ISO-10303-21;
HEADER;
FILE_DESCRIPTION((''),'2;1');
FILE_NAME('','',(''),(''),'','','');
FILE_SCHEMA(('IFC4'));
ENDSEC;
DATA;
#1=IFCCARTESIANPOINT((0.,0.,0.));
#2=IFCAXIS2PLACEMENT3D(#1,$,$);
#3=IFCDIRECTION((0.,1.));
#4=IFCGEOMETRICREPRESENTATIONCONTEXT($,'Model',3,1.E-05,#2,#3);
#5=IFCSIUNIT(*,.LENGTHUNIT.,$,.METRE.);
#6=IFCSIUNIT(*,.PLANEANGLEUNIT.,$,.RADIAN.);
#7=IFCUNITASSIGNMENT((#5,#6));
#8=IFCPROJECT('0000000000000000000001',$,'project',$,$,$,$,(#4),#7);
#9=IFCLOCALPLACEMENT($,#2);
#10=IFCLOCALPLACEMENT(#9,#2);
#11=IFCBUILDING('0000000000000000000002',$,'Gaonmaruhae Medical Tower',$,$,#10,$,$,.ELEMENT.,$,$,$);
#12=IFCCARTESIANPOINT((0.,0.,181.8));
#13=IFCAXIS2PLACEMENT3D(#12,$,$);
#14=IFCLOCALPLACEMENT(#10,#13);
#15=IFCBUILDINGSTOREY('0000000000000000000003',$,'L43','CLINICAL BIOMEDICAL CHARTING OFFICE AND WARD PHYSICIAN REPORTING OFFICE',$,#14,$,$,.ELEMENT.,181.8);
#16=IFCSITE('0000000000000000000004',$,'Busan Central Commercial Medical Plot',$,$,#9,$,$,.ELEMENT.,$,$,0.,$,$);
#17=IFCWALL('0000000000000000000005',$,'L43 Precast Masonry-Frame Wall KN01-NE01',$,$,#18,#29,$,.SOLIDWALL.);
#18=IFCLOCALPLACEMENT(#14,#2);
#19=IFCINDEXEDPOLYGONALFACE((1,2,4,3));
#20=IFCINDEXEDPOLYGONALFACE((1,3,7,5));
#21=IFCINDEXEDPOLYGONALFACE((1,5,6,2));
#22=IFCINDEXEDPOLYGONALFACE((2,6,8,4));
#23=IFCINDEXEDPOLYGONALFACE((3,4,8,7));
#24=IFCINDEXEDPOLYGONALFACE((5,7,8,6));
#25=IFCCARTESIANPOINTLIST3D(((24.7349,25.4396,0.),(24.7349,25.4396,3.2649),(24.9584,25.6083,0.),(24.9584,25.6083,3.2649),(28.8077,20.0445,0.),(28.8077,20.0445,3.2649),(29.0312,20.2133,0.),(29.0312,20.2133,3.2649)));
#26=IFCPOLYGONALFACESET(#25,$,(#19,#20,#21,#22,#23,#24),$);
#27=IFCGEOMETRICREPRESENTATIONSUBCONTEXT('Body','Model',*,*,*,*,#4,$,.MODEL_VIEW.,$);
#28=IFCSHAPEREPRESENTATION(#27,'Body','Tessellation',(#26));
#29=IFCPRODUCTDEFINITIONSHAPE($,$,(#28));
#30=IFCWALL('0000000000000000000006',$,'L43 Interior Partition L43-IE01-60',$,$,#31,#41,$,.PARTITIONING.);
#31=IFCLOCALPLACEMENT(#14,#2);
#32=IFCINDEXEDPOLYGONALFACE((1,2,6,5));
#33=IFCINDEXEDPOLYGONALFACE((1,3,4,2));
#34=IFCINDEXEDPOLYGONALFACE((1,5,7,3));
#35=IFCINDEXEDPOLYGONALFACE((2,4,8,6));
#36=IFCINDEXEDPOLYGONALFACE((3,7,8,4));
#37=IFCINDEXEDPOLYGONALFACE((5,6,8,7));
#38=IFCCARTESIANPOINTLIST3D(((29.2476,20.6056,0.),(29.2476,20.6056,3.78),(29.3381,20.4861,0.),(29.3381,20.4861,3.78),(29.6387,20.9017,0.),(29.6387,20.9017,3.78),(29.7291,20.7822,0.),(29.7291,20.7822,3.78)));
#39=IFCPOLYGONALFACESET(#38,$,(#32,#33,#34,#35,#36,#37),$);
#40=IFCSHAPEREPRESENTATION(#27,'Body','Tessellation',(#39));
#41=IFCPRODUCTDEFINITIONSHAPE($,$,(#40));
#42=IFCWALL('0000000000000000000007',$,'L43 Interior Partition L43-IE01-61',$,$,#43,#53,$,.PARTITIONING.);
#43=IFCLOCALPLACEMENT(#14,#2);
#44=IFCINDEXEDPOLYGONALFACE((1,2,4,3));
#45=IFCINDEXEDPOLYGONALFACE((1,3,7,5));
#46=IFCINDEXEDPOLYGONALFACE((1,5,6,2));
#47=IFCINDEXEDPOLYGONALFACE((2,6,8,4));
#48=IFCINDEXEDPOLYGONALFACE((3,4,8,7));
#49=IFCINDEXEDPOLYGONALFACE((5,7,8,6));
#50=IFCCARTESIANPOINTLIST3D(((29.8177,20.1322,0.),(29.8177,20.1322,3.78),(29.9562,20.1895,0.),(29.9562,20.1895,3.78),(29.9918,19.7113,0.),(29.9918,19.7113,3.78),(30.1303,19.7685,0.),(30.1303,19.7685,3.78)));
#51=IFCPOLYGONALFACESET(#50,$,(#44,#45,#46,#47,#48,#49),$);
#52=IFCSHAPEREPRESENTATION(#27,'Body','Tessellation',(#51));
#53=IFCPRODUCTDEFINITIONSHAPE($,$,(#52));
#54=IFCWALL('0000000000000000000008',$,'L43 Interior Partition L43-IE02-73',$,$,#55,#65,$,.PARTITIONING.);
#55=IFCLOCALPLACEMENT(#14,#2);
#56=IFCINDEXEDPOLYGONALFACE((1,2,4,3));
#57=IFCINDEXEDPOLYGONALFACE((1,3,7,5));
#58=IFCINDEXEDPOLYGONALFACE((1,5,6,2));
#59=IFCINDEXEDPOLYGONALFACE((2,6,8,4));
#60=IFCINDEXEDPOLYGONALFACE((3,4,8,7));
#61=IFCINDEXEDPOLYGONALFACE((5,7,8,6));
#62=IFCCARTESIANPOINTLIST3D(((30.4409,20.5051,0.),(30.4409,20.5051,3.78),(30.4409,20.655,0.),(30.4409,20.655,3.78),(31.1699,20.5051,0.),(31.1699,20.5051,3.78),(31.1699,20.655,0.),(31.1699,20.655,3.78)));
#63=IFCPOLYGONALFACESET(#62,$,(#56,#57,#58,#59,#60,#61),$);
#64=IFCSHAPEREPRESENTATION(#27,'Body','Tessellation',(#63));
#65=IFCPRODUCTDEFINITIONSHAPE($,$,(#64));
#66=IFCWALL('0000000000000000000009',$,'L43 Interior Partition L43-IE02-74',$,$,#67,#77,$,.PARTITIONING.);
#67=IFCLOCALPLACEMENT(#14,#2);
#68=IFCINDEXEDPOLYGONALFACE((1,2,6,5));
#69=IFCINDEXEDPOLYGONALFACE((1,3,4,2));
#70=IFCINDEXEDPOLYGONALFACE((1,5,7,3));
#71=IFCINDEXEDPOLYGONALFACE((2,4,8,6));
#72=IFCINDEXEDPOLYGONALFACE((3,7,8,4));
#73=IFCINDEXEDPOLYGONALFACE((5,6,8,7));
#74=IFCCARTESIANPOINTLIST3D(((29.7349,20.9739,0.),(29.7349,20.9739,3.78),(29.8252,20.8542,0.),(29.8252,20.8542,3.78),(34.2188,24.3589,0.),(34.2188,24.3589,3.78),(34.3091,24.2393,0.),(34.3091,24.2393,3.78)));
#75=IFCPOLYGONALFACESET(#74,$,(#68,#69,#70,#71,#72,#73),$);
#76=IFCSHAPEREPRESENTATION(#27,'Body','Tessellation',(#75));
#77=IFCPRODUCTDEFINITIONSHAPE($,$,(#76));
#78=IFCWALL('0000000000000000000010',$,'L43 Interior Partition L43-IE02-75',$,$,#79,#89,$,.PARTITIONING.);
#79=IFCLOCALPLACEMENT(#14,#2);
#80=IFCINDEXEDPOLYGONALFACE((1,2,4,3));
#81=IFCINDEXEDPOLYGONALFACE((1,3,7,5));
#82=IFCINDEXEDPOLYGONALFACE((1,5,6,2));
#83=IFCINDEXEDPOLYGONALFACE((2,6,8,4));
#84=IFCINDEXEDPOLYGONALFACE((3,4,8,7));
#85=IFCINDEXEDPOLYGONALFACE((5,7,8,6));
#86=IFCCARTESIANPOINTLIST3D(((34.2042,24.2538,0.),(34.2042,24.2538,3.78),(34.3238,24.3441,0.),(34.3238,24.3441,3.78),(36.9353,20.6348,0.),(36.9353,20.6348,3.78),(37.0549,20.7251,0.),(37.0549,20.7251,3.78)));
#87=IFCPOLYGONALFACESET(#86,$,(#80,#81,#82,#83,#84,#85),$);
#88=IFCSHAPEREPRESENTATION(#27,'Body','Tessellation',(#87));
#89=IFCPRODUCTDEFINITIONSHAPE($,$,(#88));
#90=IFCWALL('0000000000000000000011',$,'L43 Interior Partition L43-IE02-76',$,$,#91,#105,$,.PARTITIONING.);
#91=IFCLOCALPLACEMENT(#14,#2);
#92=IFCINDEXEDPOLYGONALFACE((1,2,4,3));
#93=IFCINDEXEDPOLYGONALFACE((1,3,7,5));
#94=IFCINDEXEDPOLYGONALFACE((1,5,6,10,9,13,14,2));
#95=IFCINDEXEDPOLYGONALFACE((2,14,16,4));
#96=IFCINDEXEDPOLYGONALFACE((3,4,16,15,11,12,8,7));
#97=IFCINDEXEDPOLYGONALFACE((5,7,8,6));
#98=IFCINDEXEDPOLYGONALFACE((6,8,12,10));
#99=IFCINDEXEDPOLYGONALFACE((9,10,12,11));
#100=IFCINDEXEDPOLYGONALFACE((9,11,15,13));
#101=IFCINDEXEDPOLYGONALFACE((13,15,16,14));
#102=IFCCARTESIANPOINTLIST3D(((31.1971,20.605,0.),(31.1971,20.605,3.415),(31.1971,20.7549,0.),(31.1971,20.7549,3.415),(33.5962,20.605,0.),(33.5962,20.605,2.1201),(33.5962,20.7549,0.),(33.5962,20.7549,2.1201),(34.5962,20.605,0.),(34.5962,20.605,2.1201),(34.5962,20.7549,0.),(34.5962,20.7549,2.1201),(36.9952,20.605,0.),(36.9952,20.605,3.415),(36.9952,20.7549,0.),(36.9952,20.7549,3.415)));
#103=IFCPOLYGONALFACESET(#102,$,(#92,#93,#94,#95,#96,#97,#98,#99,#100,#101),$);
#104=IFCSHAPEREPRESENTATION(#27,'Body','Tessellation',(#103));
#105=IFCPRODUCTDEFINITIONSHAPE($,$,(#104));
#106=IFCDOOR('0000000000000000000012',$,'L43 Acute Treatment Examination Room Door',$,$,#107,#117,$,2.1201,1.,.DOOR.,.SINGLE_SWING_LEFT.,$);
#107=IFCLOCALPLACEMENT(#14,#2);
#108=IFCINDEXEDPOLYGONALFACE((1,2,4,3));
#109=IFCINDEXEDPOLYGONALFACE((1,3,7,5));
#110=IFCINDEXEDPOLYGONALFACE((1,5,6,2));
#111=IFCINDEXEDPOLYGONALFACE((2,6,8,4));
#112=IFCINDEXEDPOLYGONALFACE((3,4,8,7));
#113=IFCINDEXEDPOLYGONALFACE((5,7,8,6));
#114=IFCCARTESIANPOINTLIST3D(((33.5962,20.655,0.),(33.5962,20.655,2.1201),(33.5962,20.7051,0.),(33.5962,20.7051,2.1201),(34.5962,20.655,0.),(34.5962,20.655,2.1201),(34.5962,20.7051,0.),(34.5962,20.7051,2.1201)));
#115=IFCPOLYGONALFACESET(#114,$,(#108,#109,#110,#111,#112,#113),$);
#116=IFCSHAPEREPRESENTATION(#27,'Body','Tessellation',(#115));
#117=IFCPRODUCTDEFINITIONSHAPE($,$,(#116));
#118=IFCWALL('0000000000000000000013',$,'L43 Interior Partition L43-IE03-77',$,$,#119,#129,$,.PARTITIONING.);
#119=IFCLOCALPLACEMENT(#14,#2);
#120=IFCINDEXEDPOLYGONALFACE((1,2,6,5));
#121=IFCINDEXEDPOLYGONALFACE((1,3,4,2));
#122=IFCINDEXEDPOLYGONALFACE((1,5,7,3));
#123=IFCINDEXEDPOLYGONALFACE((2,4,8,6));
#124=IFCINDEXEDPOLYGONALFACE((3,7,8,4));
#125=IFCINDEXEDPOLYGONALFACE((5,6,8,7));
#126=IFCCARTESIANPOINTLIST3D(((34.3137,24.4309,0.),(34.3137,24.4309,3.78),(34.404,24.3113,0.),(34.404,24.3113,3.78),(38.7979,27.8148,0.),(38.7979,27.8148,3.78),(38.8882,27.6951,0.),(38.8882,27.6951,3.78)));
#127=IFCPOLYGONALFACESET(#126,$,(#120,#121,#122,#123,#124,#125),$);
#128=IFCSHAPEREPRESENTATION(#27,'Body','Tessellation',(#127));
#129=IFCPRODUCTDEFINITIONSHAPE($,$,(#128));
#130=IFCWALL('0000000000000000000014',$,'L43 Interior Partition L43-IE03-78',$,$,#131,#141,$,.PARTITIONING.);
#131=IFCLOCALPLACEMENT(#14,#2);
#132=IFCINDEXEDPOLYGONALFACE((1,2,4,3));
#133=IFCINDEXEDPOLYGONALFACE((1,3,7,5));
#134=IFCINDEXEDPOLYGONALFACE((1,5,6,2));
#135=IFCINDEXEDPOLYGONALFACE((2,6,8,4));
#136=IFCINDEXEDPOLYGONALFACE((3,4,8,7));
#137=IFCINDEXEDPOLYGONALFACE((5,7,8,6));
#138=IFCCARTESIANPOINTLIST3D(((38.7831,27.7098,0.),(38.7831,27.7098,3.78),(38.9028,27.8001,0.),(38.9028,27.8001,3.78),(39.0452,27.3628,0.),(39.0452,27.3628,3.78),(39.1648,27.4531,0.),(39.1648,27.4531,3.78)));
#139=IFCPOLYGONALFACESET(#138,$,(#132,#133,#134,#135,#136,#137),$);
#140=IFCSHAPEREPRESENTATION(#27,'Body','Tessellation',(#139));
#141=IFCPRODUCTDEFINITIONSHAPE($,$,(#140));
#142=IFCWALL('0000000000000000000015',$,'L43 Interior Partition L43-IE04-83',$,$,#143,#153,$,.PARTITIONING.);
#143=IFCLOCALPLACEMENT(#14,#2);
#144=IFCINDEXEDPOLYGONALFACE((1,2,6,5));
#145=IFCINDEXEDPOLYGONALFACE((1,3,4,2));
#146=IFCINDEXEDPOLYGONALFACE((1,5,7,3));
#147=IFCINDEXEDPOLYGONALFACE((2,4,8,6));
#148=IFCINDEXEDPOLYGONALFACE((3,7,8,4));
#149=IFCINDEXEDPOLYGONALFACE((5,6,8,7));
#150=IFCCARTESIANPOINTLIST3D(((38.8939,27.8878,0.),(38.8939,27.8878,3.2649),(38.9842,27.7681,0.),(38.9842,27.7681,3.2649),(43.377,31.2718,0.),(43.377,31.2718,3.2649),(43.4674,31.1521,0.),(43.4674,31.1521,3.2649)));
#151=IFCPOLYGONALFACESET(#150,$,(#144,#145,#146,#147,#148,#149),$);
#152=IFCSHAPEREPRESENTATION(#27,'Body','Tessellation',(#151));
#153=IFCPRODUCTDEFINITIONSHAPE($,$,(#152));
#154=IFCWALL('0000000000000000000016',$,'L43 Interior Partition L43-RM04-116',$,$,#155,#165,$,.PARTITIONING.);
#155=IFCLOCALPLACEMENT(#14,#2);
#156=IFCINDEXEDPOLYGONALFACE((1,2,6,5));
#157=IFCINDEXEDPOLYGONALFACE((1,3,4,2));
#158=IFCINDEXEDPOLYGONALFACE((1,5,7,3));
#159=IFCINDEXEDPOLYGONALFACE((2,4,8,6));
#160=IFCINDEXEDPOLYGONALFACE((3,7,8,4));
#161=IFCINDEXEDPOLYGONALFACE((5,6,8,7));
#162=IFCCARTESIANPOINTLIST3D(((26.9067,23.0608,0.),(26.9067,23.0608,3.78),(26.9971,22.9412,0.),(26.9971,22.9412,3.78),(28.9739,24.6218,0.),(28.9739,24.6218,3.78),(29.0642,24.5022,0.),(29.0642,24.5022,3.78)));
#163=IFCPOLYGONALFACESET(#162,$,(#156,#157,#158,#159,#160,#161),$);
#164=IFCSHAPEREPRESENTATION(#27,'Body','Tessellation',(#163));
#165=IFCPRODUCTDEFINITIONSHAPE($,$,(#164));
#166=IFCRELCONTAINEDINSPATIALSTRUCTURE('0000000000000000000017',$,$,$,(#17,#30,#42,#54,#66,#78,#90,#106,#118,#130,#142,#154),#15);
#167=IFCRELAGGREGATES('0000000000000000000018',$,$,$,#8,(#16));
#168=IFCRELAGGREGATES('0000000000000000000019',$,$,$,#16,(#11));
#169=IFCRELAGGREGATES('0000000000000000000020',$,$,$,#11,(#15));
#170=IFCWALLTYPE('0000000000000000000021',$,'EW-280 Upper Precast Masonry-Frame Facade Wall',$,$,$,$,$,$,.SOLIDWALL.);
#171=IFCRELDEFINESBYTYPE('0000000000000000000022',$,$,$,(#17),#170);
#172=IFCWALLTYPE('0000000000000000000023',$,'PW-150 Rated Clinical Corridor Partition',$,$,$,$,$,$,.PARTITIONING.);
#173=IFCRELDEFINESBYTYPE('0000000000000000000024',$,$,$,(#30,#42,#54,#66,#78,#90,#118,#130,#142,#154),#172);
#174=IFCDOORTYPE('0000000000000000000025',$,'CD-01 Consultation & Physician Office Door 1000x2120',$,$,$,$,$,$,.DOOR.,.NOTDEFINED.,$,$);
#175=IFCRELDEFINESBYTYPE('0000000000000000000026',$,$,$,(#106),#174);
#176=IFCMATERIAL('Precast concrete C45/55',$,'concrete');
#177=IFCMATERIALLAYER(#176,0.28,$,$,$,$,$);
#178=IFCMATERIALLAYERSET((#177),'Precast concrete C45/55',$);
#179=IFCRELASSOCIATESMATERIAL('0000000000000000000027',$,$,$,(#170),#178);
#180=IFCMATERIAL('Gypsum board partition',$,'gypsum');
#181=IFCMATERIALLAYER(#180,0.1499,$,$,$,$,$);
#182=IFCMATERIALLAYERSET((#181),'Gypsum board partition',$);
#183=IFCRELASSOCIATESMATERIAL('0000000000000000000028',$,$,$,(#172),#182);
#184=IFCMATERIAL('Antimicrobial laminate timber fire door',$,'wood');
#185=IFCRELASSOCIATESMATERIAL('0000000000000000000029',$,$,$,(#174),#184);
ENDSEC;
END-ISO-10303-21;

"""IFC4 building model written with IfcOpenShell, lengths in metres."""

from ifc_helpers import new_model, si_unit, direction, frame, frame_2d, origin, place, context, subcontext, project, spatial, rectangle, extrude, material, layer, layer_set, type_object, element, fill, save


model = new_model("IFC4")

# Units and contexts
model_context = context("Model", 3, precision=1e-05, world=origin(), true_north=direction((0.0, 1.0)))
body_context = subcontext(model_context, "Body", "Model", "MODEL_VIEW")
ifc_project = project(units=[si_unit("LENGTHUNIT", "METRE"), si_unit("PLANEANGLEUNIT", "RADIAN")], contexts=[model_context])

# Site, building, storey
site_placement = place(None, origin())
site = spatial("IfcSite", under=ifc_project, at=site_placement, Name="Busan Central Commercial Medical Plot", CompositionType="ELEMENT", RefElevation=0.0)
building_placement = place(site_placement, origin())
building = spatial("IfcBuilding", under=site, at=building_placement, Name="Gaonmaruhae Medical Tower", CompositionType="ELEMENT")
storey_placement = place(building_placement, frame((0.0, 0.0, 181.8)))
storey = spatial("IfcBuildingStorey", under=building, at=storey_placement, Name="L43", Description="CLINICAL BIOMEDICAL CHARTING OFFICE AND WARD PHYSICIAN REPORTING OFFICE", CompositionType="ELEMENT", Elevation=181.8)

# Shared definitions
ifc_material_1 = material(Name="Precast concrete C45/55", Category="concrete")
ifc_layer_1 = layer(ifc_material_1, 0.28)
ifc_layer_set_1 = layer_set([ifc_layer_1], Name="Precast concrete C45/55")
wall_type_1 = type_object("IfcWallType", Name="EW-280 Upper Precast Masonry-Frame Facade Wall", PredefinedType="SOLIDWALL", material=ifc_layer_set_1)

# Walls
wall_1_placement = place(storey_placement, frame((28.9194, 20.1289, 0.0), z_axis=(0.0, 0.0, 1.0), x_axis=(-0.602505, 0.798115, 0.0)))
element("IfcWall", 1, at=wall_1_placement, inside=storey, type_object=wall_type_1, Name="L43 Precast Masonry-Frame Wall KN01-NE01", PredefinedType="SOLIDWALL", context=body_context, shape_type="SweptSolid", body=[
    extrude(rectangle(XDim=6.7598, YDim=0.28, at=frame_2d((3.3799, 0.0))), origin(), (0.0, 0.0, 1.0), 3.2649),
])
ifc_material_2 = material(Name="Gypsum board partition", Category="gypsum")
ifc_layer_2 = layer(ifc_material_2, 0.1499)
ifc_layer_set_2 = layer_set([ifc_layer_2], Name="Gypsum board partition")
wall_type_2 = type_object("IfcWallType", Name="PW-150 Rated Clinical Corridor Partition", PredefinedType="PARTITIONING", material=ifc_layer_set_2)
wall_2_placement = place(storey_placement, frame((29.293, 20.5459, 0.0), z_axis=(0.0, 0.0, 1.0), x_axis=(0.797245, 0.603656, 0.0)))
element("IfcWall", 2, at=wall_2_placement, inside=storey, type_object=wall_type_2, Name="L43 Interior Partition L43-IE01-60", PredefinedType="PARTITIONING", context=body_context, shape_type="SweptSolid", body=[
    extrude(rectangle(XDim=0.4905, YDim=0.1499, at=frame_2d((0.2451, 0.0))), origin(), (0.0, 0.0, 1.0), 3.78),
])
wall_3_placement = place(storey_placement, frame((29.887, 20.1609, 0.0), z_axis=(0.0, 0.0, 1.0), x_axis=(0.382178, -0.924089, 0.0)))
element("IfcWall", 3, at=wall_3_placement, inside=storey, type_object=wall_type_2, Name="L43 Interior Partition L43-IE01-61", PredefinedType="PARTITIONING", context=body_context, shape_type="SweptSolid", body=[
    extrude(rectangle(XDim=0.4556, YDim=0.1499, at=frame_2d((0.2278, 0.0))), origin(), (0.0, 0.0, 1.0), 3.78),
])
wall_4_placement = place(storey_placement, frame((31.1699, 20.5801, 0.0), z_axis=(0.0, 0.0, 1.0), x_axis=(-1.0, 0.0, 0.0)))
element("IfcWall", 4, at=wall_4_placement, inside=storey, type_object=wall_type_2, Name="L43 Interior Partition L43-IE02-73", PredefinedType="PARTITIONING", context=body_context, shape_type="SweptSolid", body=[
    extrude(rectangle(XDim=0.729, YDim=0.1499, at=frame_2d((0.3645, 0.0))), origin(), (0.0, 0.0, 1.0), 3.78),
])
wall_5_placement = place(storey_placement, frame((29.78, 20.9141, 0.0), z_axis=(0.0, 0.0, 1.0), x_axis=(0.798108, 0.602514, 0.0)))
element("IfcWall", 5, at=wall_5_placement, inside=storey, type_object=wall_type_2, Name="L43 Interior Partition L43-IE02-74", PredefinedType="PARTITIONING", context=body_context, shape_type="SweptSolid", body=[
    extrude(rectangle(XDim=5.6182, YDim=0.1499, at=frame_2d((2.8091, 0.0))), origin(), (0.0, 0.0, 1.0), 3.78),
])
wall_6_placement = place(storey_placement, frame((34.2639, 24.2991, 0.0), z_axis=(0.0, 0.0, 1.0), x_axis=(0.602375, -0.798213, 0.0)))
element("IfcWall", 6, at=wall_6_placement, inside=storey, type_object=wall_type_2, Name="L43 Interior Partition L43-IE02-75", PredefinedType="PARTITIONING", context=body_context, shape_type="SweptSolid", body=[
    extrude(rectangle(XDim=4.5339, YDim=0.1499, at=frame_2d((2.2671, 0.0))), origin(), (0.0, 0.0, 1.0), 3.78),
])

# Wall, opening, door
wall_7_placement = place(storey_placement, frame((36.9951, 20.6799, 0.0), z_axis=(0.0, 0.0, 1.0), x_axis=(-1.0, 0.0, 0.0)))
wall_7 = element("IfcWall", 7, at=wall_7_placement, inside=storey, type_object=wall_type_2, Name="L43 Interior Partition L43-IE02-76", PredefinedType="PARTITIONING", context=body_context, shape_type="SweptSolid", body=[
    extrude(rectangle(XDim=5.7981, YDim=0.1499, at=frame_2d((2.8989, 0.0))), origin(), (0.0, 0.0, 1.0), 3.415),
])
opening_1_placement = place(wall_7_placement, frame((2.3989, 0.0, 0.0)))
opening_1 = element("IfcOpeningElement", 8, at=opening_1_placement, cuts=wall_7, PredefinedType="OPENING", context=body_context, shape_type="SweptSolid", body=[
    extrude(rectangle(XDim=1.0, YDim=2.1201, at=frame_2d((0.5, 1.0601))), frame((0.0, 0.085, 0.0), z_axis=(0.0, -1.0, 0.0), x_axis=(1.0, 0.0, 0.0)), (0.0, 0.0, 1.0), 0.1699),
])
ifc_material_3 = material(Name="Antimicrobial laminate timber fire door", Category="wood")
door_type = type_object("IfcDoorType", Name="CD-01 Consultation & Physician Office Door 1000x2120", OperationType="NOTDEFINED", PredefinedType="DOOR", material=ifc_material_3)
door_placement = place(opening_1_placement, origin())
door = element("IfcDoor", 9, at=door_placement, inside=storey, type_object=door_type, Name="L43 Acute Treatment Examination Room Door", OperationType="SINGLE_SWING_LEFT", OverallHeight=2.1201, OverallWidth=1.0, PredefinedType="DOOR", context=body_context, shape_type="SweptSolid", body=[
    extrude(rectangle(XDim=1.0, YDim=2.1201, at=frame_2d((0.5, 1.0601))), frame((0.0, 0.0249, 0.0), z_axis=(0.0, -1.0, 0.0), x_axis=(1.0, 0.0, 0.0)), (0.0, 0.0, 1.0), 0.05),
])
fill(opening_1, door)

# Walls
wall_8_placement = place(storey_placement, frame((34.3589, 24.3711, 0.0), z_axis=(0.0, 0.0, 1.0), x_axis=(0.798229, 0.602355, 0.0)))
element("IfcWall", 10, at=wall_8_placement, inside=storey, type_object=wall_type_2, Name="L43 Interior Partition L43-IE03-77", PredefinedType="PARTITIONING", context=body_context, shape_type="SweptSolid", body=[
    extrude(rectangle(XDim=5.6177, YDim=0.1499, at=frame_2d((2.8088, 0.0))), origin(), (0.0, 0.0, 1.0), 3.78),
])
wall_9_placement = place(storey_placement, frame((38.843, 27.7549, 0.0), z_axis=(0.0, 0.0, 1.0), x_axis=(0.602603, -0.798041, 0.0)))
element("IfcWall", 11, at=wall_9_placement, inside=storey, type_object=wall_type_2, Name="L43 Interior Partition L43-IE03-78", PredefinedType="PARTITIONING", context=body_context, shape_type="SweptSolid", body=[
    extrude(rectangle(XDim=0.4348, YDim=0.1499, at=frame_2d((0.2173, 0.0))), origin(), (0.0, 0.0, 1.0), 3.78),
])
wall_10_placement = place(storey_placement, frame((38.939, 27.8279, 0.0), z_axis=(0.0, 0.0, 1.0), x_axis=(0.798145, 0.602466, 0.0)))
element("IfcWall", 12, at=wall_10_placement, inside=storey, type_object=wall_type_2, Name="L43 Interior Partition L43-IE04-83", PredefinedType="PARTITIONING", context=body_context, shape_type="SweptSolid", body=[
    extrude(rectangle(XDim=5.6169, YDim=0.1499, at=frame_2d((2.8086, 0.0))), origin(), (0.0, 0.0, 1.0), 3.2649),
])
wall_11_placement = place(storey_placement, frame((29.019, 24.562, 0.0), z_axis=(0.0, 0.0, 1.0), x_axis=(-0.798016, -0.602636, 0.0)))
element("IfcWall", 13, at=wall_11_placement, inside=storey, type_object=wall_type_2, Name="L43 Interior Partition L43-RM04-116", PredefinedType="PARTITIONING", context=body_context, shape_type="SweptSolid", body=[
    extrude(rectangle(XDim=2.5903, YDim=0.1499, at=frame_2d((1.2952, 0.0))), origin(), (0.0, 0.0, 1.0), 3.78),
])

save(model, "model.ifc")
